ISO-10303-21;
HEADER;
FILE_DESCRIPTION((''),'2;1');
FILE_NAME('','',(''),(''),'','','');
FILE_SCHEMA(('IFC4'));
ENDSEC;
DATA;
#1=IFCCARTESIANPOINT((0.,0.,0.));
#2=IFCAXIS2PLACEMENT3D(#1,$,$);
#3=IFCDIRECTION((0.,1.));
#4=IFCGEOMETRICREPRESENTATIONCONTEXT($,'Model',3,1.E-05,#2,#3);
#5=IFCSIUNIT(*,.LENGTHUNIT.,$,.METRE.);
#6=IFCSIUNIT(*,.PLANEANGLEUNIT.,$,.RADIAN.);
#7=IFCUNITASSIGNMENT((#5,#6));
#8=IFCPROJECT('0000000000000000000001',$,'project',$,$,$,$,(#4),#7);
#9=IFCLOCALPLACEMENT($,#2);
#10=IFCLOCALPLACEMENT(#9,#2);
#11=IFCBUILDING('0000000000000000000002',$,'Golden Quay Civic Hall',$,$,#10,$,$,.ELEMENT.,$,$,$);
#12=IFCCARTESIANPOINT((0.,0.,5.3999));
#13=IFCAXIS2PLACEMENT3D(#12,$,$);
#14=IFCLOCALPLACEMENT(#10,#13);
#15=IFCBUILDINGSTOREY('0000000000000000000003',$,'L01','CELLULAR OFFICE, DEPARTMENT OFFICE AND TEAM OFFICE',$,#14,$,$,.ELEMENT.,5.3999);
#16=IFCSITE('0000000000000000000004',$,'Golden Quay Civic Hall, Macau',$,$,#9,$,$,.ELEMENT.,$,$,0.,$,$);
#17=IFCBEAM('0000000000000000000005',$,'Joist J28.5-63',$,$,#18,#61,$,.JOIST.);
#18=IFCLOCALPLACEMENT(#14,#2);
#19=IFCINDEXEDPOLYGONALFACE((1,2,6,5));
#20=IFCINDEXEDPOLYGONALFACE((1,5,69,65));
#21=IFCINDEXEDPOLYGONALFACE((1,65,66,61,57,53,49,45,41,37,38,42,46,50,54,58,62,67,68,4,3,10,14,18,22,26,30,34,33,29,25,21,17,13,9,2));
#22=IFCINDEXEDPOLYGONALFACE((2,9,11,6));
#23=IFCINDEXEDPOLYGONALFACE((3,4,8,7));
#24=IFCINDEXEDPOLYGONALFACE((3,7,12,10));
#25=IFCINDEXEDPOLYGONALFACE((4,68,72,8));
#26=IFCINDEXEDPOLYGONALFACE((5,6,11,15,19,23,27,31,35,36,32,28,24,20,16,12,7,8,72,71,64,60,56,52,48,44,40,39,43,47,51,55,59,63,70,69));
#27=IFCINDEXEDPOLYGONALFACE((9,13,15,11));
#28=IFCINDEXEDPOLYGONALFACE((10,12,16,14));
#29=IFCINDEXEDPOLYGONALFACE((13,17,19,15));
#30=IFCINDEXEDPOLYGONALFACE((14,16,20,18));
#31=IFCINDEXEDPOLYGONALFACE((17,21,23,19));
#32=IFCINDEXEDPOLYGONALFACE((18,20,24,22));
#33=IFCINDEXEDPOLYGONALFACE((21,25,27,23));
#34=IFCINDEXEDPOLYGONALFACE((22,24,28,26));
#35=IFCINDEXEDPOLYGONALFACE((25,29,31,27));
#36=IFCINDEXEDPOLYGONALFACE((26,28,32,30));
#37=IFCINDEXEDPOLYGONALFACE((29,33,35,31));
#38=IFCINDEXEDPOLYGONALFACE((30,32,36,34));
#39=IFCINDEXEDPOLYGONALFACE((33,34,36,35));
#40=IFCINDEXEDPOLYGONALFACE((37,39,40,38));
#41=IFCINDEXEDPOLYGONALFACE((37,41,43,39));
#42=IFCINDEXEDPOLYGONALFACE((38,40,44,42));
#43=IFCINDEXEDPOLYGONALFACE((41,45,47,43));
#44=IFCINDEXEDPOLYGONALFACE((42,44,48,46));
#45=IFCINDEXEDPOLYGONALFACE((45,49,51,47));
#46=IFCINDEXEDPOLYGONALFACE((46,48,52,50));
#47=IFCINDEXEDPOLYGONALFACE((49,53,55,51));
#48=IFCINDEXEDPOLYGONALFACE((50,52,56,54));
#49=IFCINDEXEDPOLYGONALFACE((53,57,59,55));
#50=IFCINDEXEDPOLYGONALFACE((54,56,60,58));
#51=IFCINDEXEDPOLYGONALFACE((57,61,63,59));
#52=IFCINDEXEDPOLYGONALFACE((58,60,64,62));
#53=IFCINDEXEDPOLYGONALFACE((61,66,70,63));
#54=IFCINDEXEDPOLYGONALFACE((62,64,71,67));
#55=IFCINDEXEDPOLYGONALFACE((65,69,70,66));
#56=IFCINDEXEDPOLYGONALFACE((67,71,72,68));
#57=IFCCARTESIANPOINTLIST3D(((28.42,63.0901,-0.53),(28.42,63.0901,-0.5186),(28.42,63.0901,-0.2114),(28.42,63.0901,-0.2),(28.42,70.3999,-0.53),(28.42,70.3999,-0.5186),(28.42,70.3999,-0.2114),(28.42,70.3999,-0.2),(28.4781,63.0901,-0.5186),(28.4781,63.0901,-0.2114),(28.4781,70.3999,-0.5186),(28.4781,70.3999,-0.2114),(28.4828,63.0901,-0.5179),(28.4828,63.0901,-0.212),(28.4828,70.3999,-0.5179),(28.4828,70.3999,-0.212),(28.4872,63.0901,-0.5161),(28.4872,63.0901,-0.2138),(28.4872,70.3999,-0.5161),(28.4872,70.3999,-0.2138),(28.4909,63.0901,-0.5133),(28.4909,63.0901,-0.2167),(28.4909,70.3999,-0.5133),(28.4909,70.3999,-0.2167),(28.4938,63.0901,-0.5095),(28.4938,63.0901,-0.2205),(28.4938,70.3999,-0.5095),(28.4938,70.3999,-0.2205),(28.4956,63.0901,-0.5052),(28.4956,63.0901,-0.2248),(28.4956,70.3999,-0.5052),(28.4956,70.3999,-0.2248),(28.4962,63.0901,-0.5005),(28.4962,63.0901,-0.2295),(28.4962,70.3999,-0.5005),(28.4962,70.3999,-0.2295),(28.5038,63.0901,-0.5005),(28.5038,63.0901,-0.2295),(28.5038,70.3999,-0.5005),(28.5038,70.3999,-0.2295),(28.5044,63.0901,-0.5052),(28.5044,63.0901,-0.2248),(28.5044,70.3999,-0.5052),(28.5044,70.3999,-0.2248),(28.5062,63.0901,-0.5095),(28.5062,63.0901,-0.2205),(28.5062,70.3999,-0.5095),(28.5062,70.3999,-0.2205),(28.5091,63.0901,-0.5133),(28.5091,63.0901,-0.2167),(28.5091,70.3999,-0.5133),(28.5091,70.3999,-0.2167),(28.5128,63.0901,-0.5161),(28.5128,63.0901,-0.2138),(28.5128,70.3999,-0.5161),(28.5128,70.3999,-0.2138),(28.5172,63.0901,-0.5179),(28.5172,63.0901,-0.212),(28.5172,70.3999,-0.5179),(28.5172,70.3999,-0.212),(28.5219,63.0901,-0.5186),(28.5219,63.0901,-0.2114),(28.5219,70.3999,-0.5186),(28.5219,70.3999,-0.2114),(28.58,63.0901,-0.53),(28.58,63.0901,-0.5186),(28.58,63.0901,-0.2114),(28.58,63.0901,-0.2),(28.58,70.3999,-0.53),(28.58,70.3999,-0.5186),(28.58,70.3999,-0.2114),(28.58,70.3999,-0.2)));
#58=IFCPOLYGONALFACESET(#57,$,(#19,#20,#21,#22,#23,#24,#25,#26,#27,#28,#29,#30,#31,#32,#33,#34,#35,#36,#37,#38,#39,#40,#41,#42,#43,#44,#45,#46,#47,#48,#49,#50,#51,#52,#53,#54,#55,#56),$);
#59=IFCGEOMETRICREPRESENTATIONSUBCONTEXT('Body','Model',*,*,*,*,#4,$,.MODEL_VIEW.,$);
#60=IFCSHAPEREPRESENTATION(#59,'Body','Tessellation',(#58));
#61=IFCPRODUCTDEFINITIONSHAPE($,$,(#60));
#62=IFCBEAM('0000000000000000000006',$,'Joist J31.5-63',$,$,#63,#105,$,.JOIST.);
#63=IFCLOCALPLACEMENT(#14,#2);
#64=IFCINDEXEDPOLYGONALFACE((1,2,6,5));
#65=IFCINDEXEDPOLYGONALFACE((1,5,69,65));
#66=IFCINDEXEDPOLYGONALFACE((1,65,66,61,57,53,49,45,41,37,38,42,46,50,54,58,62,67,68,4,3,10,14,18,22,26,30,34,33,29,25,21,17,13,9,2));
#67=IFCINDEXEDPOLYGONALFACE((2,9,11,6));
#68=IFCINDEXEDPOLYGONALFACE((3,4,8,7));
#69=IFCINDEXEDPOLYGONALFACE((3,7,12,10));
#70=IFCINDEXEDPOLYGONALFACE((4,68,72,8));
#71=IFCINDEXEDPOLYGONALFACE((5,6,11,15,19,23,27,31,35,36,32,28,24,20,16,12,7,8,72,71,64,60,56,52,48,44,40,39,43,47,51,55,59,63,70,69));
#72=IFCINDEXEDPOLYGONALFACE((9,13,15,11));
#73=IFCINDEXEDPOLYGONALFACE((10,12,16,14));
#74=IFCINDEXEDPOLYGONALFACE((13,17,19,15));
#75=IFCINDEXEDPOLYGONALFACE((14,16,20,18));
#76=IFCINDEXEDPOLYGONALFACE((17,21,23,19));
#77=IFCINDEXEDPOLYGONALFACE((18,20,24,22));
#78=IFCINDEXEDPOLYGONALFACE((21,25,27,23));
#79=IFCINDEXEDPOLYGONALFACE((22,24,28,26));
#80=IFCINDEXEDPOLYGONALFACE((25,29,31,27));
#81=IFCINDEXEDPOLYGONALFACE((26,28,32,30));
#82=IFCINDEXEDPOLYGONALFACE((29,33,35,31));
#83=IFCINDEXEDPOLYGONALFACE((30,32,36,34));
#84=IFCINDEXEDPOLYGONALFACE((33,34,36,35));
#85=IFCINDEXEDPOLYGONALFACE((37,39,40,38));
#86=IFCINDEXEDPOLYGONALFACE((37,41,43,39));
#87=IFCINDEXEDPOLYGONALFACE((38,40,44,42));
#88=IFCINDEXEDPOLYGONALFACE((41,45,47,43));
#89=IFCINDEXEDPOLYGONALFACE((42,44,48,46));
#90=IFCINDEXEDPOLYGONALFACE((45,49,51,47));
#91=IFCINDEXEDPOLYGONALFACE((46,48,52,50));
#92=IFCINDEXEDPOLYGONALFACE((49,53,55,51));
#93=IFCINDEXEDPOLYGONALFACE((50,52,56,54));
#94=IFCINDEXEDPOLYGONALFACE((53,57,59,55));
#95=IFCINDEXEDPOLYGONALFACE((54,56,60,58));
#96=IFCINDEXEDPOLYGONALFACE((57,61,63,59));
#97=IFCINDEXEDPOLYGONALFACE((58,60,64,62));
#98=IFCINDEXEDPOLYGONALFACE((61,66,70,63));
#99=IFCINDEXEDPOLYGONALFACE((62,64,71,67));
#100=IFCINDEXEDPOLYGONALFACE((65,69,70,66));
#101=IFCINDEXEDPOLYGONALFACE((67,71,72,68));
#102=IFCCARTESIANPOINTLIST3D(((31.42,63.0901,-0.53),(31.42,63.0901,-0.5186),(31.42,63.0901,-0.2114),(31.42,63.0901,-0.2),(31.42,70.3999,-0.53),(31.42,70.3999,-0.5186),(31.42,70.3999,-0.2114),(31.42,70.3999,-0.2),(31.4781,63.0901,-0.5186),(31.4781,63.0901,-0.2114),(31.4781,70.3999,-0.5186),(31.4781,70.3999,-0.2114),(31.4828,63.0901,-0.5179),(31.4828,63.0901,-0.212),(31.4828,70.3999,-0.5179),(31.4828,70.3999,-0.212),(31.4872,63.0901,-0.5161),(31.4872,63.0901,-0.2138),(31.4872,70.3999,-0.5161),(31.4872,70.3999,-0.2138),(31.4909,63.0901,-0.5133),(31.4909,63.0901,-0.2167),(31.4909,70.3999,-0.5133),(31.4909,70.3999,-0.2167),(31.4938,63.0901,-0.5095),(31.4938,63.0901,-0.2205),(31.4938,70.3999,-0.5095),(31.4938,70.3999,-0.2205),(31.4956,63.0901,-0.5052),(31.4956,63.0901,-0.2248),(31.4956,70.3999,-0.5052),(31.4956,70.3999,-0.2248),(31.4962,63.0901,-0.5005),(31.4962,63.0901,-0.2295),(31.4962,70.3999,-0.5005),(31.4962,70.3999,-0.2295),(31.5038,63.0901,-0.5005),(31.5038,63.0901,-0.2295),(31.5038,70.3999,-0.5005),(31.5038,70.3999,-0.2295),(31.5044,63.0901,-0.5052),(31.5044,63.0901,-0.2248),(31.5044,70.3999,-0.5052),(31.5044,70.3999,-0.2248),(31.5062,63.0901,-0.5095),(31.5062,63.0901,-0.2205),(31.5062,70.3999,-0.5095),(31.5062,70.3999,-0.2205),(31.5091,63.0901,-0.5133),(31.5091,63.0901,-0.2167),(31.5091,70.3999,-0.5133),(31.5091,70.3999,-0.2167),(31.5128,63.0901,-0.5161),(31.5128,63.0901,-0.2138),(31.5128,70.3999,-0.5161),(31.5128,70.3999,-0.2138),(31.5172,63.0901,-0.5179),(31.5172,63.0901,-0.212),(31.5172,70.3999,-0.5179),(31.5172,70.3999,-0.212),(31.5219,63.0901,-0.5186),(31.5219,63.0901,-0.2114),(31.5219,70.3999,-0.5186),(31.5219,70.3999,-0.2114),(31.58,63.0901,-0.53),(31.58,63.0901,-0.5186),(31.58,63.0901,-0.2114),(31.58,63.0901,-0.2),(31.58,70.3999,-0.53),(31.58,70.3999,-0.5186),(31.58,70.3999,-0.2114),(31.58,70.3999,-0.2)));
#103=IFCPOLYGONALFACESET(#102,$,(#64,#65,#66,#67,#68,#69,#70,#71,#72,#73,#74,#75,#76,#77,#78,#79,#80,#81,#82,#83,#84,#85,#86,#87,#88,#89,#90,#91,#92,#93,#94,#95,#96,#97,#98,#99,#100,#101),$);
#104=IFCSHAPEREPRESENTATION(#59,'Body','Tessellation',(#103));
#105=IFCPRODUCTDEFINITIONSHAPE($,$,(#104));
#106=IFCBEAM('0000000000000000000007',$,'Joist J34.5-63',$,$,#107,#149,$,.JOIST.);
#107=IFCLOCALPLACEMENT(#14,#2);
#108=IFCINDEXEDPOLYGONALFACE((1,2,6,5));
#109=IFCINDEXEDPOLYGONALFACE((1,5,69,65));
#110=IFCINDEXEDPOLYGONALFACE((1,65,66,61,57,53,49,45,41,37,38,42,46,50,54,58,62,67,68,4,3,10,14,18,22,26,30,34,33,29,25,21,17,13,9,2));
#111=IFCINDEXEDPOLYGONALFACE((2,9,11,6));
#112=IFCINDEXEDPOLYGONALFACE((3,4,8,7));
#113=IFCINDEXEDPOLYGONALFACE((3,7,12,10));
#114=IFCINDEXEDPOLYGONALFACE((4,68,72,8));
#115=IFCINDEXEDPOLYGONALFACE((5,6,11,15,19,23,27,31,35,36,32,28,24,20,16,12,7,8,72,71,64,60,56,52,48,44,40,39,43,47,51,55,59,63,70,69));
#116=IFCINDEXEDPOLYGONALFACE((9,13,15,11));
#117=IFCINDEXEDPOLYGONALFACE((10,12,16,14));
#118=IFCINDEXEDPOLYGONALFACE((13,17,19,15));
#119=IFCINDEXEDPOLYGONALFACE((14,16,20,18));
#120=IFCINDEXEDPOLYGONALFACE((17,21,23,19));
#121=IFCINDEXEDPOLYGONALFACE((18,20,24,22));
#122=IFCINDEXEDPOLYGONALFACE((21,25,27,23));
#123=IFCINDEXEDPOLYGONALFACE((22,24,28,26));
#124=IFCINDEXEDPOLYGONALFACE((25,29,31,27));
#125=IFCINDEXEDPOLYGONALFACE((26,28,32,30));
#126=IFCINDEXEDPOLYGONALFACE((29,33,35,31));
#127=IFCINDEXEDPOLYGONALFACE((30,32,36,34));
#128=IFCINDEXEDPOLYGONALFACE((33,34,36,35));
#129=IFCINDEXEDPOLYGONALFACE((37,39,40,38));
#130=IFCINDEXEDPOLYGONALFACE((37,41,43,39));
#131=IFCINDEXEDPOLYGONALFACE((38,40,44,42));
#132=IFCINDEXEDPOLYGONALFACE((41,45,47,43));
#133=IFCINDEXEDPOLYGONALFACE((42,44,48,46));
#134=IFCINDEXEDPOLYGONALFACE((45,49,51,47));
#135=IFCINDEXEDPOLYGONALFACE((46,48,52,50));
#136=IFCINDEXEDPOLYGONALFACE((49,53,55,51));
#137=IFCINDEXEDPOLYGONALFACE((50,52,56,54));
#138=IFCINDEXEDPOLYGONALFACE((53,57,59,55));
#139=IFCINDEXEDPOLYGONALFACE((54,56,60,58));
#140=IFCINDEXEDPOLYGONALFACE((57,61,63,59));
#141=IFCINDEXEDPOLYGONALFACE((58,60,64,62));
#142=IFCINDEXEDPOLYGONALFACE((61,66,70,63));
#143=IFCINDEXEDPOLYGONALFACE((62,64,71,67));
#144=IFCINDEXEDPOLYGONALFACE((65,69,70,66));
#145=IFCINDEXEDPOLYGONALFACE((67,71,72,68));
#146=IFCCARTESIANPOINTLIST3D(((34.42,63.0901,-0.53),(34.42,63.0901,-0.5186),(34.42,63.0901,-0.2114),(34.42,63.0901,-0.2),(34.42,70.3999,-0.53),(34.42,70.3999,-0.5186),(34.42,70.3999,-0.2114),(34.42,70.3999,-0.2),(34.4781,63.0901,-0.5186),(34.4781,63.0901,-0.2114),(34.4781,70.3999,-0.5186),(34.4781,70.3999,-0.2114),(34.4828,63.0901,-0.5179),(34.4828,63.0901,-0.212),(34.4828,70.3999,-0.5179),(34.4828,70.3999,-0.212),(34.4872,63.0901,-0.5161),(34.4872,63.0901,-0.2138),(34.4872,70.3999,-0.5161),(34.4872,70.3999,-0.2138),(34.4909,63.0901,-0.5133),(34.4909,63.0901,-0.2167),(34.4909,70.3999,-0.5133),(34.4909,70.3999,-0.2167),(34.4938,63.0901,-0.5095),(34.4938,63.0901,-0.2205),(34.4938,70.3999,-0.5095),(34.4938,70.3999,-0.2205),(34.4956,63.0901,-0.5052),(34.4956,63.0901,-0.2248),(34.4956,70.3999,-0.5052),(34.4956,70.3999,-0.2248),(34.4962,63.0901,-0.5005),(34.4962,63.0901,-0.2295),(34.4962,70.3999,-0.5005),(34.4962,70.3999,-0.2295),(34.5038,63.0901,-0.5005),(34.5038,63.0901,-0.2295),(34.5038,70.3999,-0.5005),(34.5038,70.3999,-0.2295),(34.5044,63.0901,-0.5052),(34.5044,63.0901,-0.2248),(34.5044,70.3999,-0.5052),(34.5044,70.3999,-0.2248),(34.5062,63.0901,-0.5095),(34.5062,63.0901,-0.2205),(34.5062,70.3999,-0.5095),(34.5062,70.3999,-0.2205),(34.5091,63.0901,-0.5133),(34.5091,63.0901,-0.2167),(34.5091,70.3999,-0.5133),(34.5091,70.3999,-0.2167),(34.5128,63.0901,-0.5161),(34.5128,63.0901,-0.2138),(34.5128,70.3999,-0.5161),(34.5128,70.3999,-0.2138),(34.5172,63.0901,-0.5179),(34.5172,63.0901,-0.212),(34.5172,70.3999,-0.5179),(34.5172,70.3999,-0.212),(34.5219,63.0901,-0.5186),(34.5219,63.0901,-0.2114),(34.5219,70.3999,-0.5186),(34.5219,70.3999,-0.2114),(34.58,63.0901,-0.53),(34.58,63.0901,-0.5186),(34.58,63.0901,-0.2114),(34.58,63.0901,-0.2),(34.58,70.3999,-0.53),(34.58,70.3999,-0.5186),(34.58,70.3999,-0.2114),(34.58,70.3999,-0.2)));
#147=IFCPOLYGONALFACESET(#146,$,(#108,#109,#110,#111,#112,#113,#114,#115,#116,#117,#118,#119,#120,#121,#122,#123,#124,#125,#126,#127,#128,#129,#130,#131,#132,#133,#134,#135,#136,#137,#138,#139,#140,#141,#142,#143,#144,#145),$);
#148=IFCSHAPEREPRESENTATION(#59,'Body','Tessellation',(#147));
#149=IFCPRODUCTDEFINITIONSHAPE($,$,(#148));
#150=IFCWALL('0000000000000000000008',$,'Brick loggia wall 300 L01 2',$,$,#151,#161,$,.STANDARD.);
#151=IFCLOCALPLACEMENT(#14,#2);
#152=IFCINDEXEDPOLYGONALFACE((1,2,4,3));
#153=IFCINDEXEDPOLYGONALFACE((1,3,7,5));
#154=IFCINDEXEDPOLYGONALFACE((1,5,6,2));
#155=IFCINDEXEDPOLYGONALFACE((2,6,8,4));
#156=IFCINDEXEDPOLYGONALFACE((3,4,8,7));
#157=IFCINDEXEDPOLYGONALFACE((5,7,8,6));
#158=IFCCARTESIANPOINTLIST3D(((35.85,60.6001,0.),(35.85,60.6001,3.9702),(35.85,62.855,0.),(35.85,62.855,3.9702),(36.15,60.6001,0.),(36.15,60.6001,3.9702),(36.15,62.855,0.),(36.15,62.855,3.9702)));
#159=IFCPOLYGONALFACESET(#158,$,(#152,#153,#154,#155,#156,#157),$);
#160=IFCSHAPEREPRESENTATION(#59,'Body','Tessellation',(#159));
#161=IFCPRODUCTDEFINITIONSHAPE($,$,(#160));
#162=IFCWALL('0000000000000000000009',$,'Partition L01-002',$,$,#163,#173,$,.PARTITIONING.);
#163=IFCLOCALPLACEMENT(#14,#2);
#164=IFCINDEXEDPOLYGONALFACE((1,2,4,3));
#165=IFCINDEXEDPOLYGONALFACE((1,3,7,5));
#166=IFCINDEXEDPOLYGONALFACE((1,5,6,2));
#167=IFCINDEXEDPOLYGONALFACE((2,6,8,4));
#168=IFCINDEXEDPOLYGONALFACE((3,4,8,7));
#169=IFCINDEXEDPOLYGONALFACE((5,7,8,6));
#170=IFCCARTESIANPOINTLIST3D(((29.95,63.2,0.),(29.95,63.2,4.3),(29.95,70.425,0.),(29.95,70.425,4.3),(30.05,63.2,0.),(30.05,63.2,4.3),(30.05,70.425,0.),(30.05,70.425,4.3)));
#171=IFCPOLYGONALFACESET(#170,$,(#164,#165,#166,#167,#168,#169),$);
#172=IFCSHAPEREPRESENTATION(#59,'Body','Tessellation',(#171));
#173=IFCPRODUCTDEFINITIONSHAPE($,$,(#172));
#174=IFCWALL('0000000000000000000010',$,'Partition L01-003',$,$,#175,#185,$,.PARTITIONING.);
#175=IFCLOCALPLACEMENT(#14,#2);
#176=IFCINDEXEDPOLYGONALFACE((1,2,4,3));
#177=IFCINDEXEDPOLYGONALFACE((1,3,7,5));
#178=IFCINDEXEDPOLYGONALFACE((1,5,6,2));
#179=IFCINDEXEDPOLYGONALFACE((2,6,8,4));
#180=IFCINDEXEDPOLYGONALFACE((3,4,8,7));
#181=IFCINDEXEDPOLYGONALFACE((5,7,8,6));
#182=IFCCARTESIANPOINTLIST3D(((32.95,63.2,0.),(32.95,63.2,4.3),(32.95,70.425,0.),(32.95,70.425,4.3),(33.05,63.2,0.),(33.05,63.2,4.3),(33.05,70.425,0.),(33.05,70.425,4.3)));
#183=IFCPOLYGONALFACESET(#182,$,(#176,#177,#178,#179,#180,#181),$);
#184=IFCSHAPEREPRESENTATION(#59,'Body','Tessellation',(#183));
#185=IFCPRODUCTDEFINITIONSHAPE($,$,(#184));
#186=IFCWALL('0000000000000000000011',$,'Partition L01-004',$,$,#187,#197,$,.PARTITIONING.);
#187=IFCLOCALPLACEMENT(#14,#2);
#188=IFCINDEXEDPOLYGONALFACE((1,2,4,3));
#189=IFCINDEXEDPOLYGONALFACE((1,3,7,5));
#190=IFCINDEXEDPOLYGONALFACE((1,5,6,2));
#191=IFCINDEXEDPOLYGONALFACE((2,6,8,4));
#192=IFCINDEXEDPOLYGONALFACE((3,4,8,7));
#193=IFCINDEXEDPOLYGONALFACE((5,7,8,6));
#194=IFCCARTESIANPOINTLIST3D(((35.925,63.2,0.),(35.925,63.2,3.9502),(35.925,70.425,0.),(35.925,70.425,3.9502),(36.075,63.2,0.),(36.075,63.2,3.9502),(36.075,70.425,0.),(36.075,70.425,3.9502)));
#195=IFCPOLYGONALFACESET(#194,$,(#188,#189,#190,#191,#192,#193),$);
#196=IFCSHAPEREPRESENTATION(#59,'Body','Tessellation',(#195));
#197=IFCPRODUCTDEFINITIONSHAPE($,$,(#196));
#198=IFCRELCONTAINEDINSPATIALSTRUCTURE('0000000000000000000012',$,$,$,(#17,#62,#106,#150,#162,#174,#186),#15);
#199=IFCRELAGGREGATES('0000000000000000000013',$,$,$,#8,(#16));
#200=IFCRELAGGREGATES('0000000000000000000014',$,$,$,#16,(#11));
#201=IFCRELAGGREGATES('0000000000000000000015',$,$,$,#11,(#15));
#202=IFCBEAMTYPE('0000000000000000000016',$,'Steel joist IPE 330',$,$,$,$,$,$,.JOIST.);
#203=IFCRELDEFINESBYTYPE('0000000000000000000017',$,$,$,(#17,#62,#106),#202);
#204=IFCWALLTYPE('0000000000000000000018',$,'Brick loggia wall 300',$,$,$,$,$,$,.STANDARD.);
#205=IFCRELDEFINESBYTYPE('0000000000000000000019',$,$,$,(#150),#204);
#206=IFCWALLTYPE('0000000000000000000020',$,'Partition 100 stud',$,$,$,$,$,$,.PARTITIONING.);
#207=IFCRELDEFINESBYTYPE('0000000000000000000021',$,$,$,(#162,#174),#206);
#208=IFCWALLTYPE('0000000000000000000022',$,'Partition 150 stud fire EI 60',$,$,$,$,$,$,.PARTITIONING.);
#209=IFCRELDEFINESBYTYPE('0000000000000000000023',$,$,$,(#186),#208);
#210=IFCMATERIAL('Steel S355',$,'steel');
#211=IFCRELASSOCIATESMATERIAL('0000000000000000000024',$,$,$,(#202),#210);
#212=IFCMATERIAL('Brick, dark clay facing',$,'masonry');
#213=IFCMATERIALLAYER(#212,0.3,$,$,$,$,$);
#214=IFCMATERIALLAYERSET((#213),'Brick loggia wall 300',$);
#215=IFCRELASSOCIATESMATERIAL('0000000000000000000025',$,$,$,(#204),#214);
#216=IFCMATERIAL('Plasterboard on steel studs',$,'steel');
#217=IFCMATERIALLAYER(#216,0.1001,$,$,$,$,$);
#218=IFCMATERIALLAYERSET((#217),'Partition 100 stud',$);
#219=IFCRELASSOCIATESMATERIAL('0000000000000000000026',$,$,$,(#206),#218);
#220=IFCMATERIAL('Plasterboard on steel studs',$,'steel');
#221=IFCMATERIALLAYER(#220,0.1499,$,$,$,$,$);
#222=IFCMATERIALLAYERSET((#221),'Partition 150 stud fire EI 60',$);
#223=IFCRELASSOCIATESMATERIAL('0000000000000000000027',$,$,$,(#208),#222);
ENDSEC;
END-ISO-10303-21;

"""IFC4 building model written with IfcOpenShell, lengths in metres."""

from ifc_helpers import new_model, si_unit, direction, frame, frame_2d, origin, origin_2d, place, context, subcontext, project, spatial, rectangle, i_section, extrude, material, layer, layer_set, material_profile, profile_set, type_object, element, save


model = new_model("IFC4")

# Units and contexts
model_context = context("Model", 3, precision=1e-05, world=origin(), true_north=direction((0.0, 1.0)))
body_context = subcontext(model_context, "Body", "Model", "MODEL_VIEW")
ifc_project = project(units=[si_unit("LENGTHUNIT", "METRE"), si_unit("PLANEANGLEUNIT", "RADIAN")], contexts=[model_context])

# Site, building, storey
site_placement = place(None, origin())
site = spatial("IfcSite", under=ifc_project, at=site_placement, Name="Golden Quay Civic Hall, Macau", CompositionType="ELEMENT", RefElevation=0.0)
building_placement = place(site_placement, origin())
building = spatial("IfcBuilding", under=site, at=building_placement, Name="Golden Quay Civic Hall", CompositionType="ELEMENT")
storey_placement = place(building_placement, frame((0.0, 0.0, 5.3999)))
storey = spatial("IfcBuildingStorey", under=building, at=storey_placement, Name="L01", Description="CELLULAR OFFICE, DEPARTMENT OFFICE AND TEAM OFFICE", CompositionType="ELEMENT", Elevation=5.3999)

# Beams
ifc_material_1 = material(Name="Steel S355", Category="steel")
ifc_material_profile_1 = material_profile(ifc_material_1, i_section(OverallWidth=0.1599, OverallDepth=0.3301, WebThickness=0.0076, FlangeThickness=0.0115, FilletRadius=0.0181, at=origin_2d()), Name="IPE 330")
ifc_profile_set_1 = profile_set([ifc_material_profile_1], Name="Steel S355")
beam_type_1 = type_object("IfcBeamType", Name="Steel joist IPE 330", PredefinedType="JOIST", material=ifc_profile_set_1)
for number, where, z_axis, x_axis, name in (
    (1, (28.5, 63.0901, -0.365), (0.0, 1.0, 0.0), (-1.0, 0.0, 0.0), "Joist J28.5-63"),
    (2, (31.5, 63.0901, -0.365), (0.0, 1.0, 0.0), (-1.0, 0.0, 0.0), "Joist J31.5-63"),
    (3, (34.5, 63.0901, -0.365), (0.0, 1.0, 0.0), (-1.0, 0.0, 0.0), "Joist J34.5-63"),
):
    element("IfcBeam", number, at=place(storey_placement, frame(where, z_axis=z_axis, x_axis=x_axis)), inside=storey, type_object=beam_type_1, Name=name, PredefinedType="JOIST", context=body_context, shape_type="SweptSolid", body=[
        extrude(i_section(OverallWidth=0.1599, OverallDepth=0.3301, WebThickness=0.0076, FlangeThickness=0.0115, FilletRadius=0.0181, at=origin_2d()), origin(), (0.0, 0.0, 1.0), 7.3098),
    ])

# Walls
ifc_material_2 = material(Name="Brick, dark clay facing", Category="masonry")
ifc_layer_1 = layer(ifc_material_2, 0.3)
ifc_layer_set_1 = layer_set([ifc_layer_1], Name="Brick loggia wall 300")
wall_type_1 = type_object("IfcWallType", Name="Brick loggia wall 300", PredefinedType="STANDARD", material=ifc_layer_set_1)
wall_1_placement = place(storey_placement, frame((36.0, 62.855, 0.0), z_axis=(0.0, 0.0, 1.0), x_axis=(0.0, -1.0, 0.0)))
element("IfcWall", 4, at=wall_1_placement, inside=storey, type_object=wall_type_1, Name="Brick loggia wall 300 L01 2", PredefinedType="STANDARD", context=body_context, shape_type="SweptSolid", body=[
    extrude(rectangle(XDim=2.2549, YDim=0.3, at=frame_2d((1.1274, 0.0))), origin(), (0.0, 0.0, 1.0), 3.9702),
])
ifc_material_3 = material(Name="Plasterboard on steel studs", Category="steel")
ifc_layer_2 = layer(ifc_material_3, 0.1001)
ifc_layer_set_2 = layer_set([ifc_layer_2], Name="Partition 100 stud")
wall_type_2 = type_object("IfcWallType", Name="Partition 100 stud", PredefinedType="PARTITIONING", material=ifc_layer_set_2)
for number, where, z_axis, x_axis, name in (
    (5, (30.0, 63.2, 0.0), (0.0, 0.0, 1.0), (0.0, 1.0, 0.0), "Partition L01-002"),
    (6, (33.0, 63.2, 0.0), (0.0, 0.0, 1.0), (0.0, 1.0, 0.0), "Partition L01-003"),
):
    element("IfcWall", number, at=place(storey_placement, frame(where, z_axis=z_axis, x_axis=x_axis)), inside=storey, type_object=wall_type_2, Name=name, PredefinedType="PARTITIONING", context=body_context, shape_type="SweptSolid", body=[
        extrude(rectangle(XDim=7.2251, YDim=0.1001, at=frame_2d((3.6125, 0.0))), origin(), (0.0, 0.0, 1.0), 4.3),
    ])
ifc_material_4 = material(Name="Plasterboard on steel studs", Category="steel")
ifc_layer_3 = layer(ifc_material_4, 0.1499)
ifc_layer_set_3 = layer_set([ifc_layer_3], Name="Partition 150 stud fire EI 60")
wall_type_3 = type_object("IfcWallType", Name="Partition 150 stud fire EI 60", PredefinedType="PARTITIONING", material=ifc_layer_set_3)
wall_2_placement = place(storey_placement, frame((36.0, 63.2, 0.0), z_axis=(0.0, 0.0, 1.0), x_axis=(0.0, 1.0, 0.0)))
element("IfcWall", 7, at=wall_2_placement, inside=storey, type_object=wall_type_3, Name="Partition L01-004", PredefinedType="PARTITIONING", context=body_context, shape_type="SweptSolid", body=[
    extrude(rectangle(XDim=7.2251, YDim=0.1499, at=frame_2d((3.6125, 0.0))), origin(), (0.0, 0.0, 1.0), 3.9502),
])

save(model, "model.ifc")
